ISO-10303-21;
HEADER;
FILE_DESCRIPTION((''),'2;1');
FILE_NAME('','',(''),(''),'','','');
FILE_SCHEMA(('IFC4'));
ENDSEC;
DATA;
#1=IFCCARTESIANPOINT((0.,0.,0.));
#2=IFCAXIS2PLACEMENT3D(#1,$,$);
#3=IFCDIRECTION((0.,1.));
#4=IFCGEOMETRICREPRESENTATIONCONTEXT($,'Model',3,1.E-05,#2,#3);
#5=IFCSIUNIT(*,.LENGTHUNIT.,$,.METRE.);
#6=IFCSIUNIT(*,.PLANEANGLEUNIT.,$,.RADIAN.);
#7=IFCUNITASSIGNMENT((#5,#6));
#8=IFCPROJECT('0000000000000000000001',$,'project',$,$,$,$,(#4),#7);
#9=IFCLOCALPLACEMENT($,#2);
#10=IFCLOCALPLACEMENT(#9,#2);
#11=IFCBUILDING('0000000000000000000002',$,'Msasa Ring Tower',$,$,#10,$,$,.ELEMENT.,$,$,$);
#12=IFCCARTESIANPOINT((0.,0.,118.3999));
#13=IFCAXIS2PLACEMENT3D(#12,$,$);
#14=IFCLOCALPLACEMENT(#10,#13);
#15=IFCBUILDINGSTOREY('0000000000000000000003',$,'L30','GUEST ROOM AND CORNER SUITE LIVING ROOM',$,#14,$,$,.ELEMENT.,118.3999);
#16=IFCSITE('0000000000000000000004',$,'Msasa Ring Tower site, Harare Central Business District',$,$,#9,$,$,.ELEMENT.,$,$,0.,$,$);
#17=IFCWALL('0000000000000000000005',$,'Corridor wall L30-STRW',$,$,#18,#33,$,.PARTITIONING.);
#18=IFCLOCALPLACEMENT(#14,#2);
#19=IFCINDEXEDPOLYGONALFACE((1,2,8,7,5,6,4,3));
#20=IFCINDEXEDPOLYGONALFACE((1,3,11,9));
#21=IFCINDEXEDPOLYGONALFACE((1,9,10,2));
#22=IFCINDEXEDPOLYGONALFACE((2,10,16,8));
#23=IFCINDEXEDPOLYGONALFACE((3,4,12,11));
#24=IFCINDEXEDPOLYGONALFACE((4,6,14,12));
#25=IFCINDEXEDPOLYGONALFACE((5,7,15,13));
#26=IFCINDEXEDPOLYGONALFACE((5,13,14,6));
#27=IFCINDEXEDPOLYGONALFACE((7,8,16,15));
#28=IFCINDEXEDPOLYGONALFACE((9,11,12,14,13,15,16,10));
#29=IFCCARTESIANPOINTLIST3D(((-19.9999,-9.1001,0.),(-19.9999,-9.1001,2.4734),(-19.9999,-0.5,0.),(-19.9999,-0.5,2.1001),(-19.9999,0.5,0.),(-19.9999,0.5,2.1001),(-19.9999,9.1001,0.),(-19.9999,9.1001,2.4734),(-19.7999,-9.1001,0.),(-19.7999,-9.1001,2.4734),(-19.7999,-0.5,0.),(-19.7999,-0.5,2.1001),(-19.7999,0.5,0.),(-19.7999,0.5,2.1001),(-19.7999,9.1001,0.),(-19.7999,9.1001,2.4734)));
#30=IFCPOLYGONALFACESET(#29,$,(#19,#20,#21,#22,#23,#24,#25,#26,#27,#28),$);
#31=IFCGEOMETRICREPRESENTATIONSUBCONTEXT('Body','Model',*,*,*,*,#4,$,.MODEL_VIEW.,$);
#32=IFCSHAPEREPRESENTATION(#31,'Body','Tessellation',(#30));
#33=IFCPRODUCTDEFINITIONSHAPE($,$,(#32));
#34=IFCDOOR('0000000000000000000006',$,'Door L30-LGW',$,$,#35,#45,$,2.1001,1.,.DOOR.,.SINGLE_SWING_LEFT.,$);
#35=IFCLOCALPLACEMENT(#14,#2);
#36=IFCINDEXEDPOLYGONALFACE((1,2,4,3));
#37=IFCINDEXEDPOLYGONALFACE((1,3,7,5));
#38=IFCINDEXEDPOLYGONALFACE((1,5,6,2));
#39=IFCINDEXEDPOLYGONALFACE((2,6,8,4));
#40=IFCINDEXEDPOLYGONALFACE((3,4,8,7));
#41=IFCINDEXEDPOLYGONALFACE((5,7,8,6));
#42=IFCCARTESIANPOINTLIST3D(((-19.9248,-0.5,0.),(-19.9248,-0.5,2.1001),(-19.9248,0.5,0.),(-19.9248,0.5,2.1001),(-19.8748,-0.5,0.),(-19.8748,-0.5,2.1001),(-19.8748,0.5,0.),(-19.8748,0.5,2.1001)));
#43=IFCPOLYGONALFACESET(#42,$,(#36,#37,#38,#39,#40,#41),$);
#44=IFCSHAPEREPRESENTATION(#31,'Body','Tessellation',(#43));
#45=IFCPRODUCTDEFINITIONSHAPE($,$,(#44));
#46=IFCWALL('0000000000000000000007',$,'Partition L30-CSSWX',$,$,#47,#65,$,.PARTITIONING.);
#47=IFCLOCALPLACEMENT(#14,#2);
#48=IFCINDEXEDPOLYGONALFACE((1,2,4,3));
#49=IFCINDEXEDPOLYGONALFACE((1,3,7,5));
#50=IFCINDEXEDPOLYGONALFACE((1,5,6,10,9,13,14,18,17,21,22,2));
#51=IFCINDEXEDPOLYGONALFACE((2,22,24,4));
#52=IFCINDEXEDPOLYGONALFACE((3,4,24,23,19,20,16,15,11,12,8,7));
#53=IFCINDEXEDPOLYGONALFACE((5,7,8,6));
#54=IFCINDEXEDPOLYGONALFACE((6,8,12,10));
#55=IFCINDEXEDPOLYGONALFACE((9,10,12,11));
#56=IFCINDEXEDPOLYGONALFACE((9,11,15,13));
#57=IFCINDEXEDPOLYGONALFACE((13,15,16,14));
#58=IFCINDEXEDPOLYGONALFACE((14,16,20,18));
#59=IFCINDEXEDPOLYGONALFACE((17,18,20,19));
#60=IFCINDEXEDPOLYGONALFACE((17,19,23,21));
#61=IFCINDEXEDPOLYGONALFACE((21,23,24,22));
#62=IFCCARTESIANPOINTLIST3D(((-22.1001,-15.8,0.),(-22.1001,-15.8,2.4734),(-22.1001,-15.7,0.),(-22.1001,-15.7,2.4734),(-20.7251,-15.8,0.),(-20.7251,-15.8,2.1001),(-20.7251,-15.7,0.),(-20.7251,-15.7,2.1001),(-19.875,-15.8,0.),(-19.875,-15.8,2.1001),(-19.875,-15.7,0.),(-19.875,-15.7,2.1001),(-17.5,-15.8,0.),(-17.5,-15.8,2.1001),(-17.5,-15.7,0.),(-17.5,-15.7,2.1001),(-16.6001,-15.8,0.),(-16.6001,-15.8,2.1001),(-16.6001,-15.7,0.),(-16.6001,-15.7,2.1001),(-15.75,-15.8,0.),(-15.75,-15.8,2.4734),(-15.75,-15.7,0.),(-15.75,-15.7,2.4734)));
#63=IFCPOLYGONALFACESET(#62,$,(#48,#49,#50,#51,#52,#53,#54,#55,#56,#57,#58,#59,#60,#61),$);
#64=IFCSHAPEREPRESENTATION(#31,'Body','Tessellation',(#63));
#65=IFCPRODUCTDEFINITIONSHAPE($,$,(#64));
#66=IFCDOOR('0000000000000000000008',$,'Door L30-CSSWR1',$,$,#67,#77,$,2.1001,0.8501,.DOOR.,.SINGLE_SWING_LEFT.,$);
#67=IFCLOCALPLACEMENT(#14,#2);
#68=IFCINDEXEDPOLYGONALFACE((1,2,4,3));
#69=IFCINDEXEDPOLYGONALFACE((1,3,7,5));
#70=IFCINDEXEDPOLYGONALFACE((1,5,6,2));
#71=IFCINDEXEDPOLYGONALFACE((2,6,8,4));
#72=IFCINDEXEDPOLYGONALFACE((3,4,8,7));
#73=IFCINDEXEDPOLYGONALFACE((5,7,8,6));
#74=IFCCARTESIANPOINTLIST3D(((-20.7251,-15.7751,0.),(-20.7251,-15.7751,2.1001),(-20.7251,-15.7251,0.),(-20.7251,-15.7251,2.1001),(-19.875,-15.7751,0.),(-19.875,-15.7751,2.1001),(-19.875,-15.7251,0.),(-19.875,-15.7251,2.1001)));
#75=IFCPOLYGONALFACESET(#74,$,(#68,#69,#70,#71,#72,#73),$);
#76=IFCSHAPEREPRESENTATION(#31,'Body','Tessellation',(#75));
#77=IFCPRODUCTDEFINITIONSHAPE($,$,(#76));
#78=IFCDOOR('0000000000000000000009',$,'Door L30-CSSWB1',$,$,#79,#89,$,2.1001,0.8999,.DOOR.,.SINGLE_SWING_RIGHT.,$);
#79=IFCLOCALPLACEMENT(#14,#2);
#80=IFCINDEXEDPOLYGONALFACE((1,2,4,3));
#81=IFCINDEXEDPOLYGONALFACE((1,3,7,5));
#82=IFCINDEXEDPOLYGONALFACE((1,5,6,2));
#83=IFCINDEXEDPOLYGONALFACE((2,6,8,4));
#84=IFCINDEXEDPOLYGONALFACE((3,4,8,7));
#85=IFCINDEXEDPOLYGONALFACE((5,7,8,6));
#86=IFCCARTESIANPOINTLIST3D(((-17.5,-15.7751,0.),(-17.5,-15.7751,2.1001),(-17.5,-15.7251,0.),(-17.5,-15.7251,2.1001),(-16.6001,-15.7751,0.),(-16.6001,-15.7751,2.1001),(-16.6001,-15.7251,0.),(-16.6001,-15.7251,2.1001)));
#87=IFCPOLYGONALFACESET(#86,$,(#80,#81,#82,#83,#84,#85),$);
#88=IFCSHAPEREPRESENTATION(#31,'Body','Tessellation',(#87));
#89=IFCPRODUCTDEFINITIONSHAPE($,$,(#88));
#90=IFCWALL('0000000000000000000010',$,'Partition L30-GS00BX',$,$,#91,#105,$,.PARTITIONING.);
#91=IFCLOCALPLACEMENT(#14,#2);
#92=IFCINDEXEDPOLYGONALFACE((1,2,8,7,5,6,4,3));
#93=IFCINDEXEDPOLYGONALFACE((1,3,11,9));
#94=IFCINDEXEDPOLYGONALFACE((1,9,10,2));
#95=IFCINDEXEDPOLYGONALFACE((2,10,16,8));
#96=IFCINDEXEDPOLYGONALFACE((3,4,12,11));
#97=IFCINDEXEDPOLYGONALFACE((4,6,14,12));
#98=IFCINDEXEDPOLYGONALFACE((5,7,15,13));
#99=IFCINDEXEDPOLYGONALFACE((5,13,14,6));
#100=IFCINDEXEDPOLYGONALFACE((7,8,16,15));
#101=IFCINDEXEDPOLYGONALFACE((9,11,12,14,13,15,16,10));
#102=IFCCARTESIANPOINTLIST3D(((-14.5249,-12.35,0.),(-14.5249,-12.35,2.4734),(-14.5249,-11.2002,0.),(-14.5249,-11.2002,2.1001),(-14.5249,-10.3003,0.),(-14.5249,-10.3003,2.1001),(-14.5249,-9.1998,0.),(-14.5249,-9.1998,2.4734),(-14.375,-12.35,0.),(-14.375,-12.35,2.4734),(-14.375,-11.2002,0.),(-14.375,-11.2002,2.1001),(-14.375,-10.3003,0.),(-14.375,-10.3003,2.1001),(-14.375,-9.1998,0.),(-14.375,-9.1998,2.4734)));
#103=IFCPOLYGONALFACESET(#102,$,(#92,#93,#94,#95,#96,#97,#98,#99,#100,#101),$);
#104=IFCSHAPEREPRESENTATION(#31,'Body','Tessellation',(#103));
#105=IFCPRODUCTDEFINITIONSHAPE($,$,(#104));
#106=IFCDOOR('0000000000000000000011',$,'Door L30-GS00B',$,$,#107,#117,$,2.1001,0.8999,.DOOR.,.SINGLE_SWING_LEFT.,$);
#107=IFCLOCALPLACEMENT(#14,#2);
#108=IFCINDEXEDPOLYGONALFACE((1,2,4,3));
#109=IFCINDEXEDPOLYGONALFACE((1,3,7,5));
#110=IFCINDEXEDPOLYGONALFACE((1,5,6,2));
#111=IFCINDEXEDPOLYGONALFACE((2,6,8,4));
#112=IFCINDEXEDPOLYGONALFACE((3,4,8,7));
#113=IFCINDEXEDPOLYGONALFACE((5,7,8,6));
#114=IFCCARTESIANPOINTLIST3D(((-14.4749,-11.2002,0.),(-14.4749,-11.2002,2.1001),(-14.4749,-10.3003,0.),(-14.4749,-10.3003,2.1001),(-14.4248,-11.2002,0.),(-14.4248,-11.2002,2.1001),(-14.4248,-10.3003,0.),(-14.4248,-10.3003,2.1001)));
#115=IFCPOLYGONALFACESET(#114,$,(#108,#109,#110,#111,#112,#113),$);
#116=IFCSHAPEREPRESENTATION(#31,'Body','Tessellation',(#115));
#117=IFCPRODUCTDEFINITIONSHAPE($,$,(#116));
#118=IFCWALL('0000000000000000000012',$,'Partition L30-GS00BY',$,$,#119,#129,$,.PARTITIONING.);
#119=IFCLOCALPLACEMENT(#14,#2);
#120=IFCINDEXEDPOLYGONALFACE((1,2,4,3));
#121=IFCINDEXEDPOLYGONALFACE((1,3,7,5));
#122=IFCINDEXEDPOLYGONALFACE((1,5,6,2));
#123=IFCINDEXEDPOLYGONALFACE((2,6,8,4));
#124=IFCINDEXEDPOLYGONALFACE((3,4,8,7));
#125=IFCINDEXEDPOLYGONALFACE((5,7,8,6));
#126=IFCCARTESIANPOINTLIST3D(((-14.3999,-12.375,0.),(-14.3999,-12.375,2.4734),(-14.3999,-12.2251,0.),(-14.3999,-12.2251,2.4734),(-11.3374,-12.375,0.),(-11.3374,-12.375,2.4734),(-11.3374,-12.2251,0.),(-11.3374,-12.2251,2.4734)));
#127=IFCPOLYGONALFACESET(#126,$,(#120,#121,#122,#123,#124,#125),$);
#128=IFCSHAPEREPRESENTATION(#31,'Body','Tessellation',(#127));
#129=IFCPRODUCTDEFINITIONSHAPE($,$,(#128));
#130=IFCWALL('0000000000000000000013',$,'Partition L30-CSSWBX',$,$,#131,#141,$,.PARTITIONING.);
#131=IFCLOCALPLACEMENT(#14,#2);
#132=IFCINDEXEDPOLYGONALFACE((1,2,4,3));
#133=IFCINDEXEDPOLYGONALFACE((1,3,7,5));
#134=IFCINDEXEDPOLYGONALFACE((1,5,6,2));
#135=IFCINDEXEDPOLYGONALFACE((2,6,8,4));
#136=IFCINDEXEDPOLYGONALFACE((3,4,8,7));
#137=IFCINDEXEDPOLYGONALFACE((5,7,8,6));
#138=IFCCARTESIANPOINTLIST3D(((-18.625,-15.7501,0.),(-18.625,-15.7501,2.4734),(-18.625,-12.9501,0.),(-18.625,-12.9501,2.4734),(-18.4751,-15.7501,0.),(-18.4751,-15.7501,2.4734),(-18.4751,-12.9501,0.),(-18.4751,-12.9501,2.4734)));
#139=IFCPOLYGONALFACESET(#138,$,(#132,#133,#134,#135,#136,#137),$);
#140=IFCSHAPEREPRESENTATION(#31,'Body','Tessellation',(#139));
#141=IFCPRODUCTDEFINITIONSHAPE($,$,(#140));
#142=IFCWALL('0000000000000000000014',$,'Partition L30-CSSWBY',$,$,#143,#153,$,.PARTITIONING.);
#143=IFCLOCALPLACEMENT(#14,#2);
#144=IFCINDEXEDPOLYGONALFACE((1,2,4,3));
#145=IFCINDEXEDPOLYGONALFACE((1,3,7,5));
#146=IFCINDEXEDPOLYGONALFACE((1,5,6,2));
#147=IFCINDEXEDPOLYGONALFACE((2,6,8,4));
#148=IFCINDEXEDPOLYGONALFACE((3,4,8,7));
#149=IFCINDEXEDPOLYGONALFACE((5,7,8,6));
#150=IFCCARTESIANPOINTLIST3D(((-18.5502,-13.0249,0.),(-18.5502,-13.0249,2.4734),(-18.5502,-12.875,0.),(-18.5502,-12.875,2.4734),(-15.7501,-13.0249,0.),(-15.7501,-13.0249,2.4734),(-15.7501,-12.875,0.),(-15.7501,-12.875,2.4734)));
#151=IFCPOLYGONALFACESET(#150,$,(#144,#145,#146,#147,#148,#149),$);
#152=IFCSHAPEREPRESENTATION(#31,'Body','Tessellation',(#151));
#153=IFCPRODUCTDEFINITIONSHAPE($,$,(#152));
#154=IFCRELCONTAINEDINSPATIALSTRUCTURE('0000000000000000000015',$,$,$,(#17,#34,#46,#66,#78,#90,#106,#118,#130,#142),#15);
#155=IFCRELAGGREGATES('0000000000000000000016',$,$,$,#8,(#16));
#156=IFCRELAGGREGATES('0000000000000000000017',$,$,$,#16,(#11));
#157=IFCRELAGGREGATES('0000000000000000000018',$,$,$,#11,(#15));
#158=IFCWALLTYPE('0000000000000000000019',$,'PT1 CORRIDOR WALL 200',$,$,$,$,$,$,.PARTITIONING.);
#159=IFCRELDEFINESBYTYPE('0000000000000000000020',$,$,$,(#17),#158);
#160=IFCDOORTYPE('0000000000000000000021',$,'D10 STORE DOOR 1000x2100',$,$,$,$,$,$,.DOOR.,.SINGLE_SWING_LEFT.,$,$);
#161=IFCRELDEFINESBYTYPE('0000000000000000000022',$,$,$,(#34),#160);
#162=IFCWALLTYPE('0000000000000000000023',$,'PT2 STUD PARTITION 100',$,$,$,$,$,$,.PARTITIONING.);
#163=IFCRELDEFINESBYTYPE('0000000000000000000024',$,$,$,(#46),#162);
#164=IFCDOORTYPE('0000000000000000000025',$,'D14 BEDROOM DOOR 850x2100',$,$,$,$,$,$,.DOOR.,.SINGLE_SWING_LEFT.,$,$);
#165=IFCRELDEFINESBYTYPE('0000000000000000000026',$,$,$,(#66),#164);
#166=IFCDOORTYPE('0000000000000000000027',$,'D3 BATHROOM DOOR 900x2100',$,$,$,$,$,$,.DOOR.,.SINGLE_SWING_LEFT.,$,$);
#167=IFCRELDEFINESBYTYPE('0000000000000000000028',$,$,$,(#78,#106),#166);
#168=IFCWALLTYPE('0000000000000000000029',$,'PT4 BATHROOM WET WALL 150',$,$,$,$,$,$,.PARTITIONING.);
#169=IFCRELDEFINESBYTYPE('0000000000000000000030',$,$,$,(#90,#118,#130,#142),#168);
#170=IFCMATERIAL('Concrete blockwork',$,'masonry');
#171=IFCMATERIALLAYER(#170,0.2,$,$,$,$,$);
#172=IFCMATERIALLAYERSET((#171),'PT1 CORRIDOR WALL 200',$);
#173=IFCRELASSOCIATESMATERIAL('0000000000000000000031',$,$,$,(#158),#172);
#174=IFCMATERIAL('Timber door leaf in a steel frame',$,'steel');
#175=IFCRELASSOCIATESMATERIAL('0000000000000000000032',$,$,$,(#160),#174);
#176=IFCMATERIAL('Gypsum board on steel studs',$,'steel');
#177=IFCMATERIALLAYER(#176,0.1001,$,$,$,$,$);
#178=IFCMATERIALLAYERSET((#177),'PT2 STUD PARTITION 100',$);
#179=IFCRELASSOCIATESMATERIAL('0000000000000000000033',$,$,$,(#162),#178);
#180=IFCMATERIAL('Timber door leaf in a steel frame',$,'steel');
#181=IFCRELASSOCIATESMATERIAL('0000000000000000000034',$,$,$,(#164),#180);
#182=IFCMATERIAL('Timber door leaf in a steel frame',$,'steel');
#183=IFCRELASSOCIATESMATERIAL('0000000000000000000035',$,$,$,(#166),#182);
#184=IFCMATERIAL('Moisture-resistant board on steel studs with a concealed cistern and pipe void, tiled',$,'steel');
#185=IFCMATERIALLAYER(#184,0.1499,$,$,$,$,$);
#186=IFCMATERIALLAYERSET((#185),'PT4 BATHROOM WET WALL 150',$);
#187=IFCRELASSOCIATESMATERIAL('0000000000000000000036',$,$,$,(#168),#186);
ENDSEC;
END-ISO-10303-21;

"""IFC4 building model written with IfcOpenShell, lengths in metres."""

from ifc_helpers import new_model, si_unit, direction, frame, frame_2d, origin, place, context, subcontext, project, spatial, rectangle, extrude, material, layer, layer_set, type_object, element, fill, save


model = new_model("IFC4")

# Units and contexts
model_context = context("Model", 3, precision=1e-05, world=origin(), true_north=direction((0.0, 1.0)))
body_context = subcontext(model_context, "Body", "Model", "MODEL_VIEW")
ifc_project = project(units=[si_unit("LENGTHUNIT", "METRE"), si_unit("PLANEANGLEUNIT", "RADIAN")], contexts=[model_context])

# Site, building, storey
site_placement = place(None, origin())
site = spatial("IfcSite", under=ifc_project, at=site_placement, Name="Msasa Ring Tower site, Harare Central Business District", CompositionType="ELEMENT", RefElevation=0.0)
building_placement = place(site_placement, origin())
building = spatial("IfcBuilding", under=site, at=building_placement, Name="Msasa Ring Tower", CompositionType="ELEMENT")
storey_placement = place(building_placement, frame((0.0, 0.0, 118.3999)))
storey = spatial("IfcBuildingStorey", under=building, at=storey_placement, Name="L30", Description="GUEST ROOM AND CORNER SUITE LIVING ROOM", CompositionType="ELEMENT", Elevation=118.3999)

# Shared definitions
ifc_material_1 = material(Name="Concrete blockwork", Category="masonry")
ifc_layer_1 = layer(ifc_material_1, 0.2)
ifc_layer_set_1 = layer_set([ifc_layer_1], Name="PT1 CORRIDOR WALL 200")
wall_type_1 = type_object("IfcWallType", Name="PT1 CORRIDOR WALL 200", PredefinedType="PARTITIONING", material=ifc_layer_set_1)

# Wall, opening, door
wall_1_placement = place(storey_placement, frame((-19.8999, -9.1001, 0.0), z_axis=(0.0, 0.0, 1.0), x_axis=(0.0, 1.0, 0.0)))
wall_1 = element("IfcWall", 1, at=wall_1_placement, inside=storey, type_object=wall_type_1, Name="Corridor wall L30-STRW", PredefinedType="PARTITIONING", context=body_context, shape_type="SweptSolid", body=[
    extrude(rectangle(XDim=18.2002, YDim=0.2, at=frame_2d((9.1001, 0.0))), origin(), (0.0, 0.0, 1.0), 2.4734),
])
opening_1_placement = place(wall_1_placement, frame((8.6001, 0.0, 0.0)))
opening_1 = element("IfcOpeningElement", 2, at=opening_1_placement, cuts=wall_1, PredefinedType="OPENING", context=body_context, shape_type="SweptSolid", body=[
    extrude(rectangle(XDim=1.0, YDim=2.1001, at=frame_2d((0.5, 1.05))), frame((0.0, 0.1099, 0.0), z_axis=(0.0, -1.0, 0.0), x_axis=(1.0, 0.0, 0.0)), (0.0, 0.0, 1.0), 0.22),
])
ifc_material_2 = material(Name="Timber door leaf in a steel frame", Category="steel")
door_type_1 = type_object("IfcDoorType", Name="D10 STORE DOOR 1000x2100", OperationType="SINGLE_SWING_LEFT", PredefinedType="DOOR", material=ifc_material_2)
door_1_placement = place(opening_1_placement, origin())
door_1 = element("IfcDoor", 3, at=door_1_placement, inside=storey, type_object=door_type_1, Name="Door L30-LGW", OperationType="SINGLE_SWING_LEFT", OverallHeight=2.1001, OverallWidth=1.0, PredefinedType="DOOR", context=body_context, shape_type="SweptSolid", body=[
    extrude(rectangle(XDim=1.0, YDim=2.1001, at=frame_2d((0.5, 1.05))), frame((0.0, 0.0249, 0.0), z_axis=(0.0, -1.0, 0.0), x_axis=(1.0, 0.0, 0.0)), (0.0, 0.0, 1.0), 0.05),
])
fill(opening_1, door_1)

# Wall, openings, doors
ifc_material_3 = material(Name="Gypsum board on steel studs", Category="steel")
ifc_layer_2 = layer(ifc_material_3, 0.1001)
ifc_layer_set_2 = layer_set([ifc_layer_2], Name="PT2 STUD PARTITION 100")
wall_type_2 = type_object("IfcWallType", Name="PT2 STUD PARTITION 100", PredefinedType="PARTITIONING", material=ifc_layer_set_2)
wall_2_placement = place(storey_placement, frame((-22.1001, -15.75, 0.0), z_axis=(0.0, 0.0, 1.0), x_axis=(1.0, 0.0, 0.0)))
wall_2 = element("IfcWall", 4, at=wall_2_placement, inside=storey, type_object=wall_type_2, Name="Partition L30-CSSWX", PredefinedType="PARTITIONING", context=body_context, shape_type="SweptSolid", body=[
    extrude(rectangle(XDim=6.3501, YDim=0.1001, at=frame_2d((3.175, 0.0))), origin(), (0.0, 0.0, 1.0), 2.4734),
])
opening_2_placement = place(wall_2_placement, frame((1.375, 0.0, 0.0)))
opening_2 = element("IfcOpeningElement", 5, at=opening_2_placement, cuts=wall_2, PredefinedType="OPENING", context=body_context, shape_type="SweptSolid", body=[
    extrude(rectangle(XDim=0.8501, YDim=2.1001, at=frame_2d((0.425, 1.05))), frame((0.0, 0.0601, 0.0), z_axis=(0.0, -1.0, 0.0), x_axis=(1.0, 0.0, 0.0)), (0.0, 0.0, 1.0), 0.1201),
])
opening_3_placement = place(wall_2_placement, frame((4.6001, 0.0, 0.0)))
opening_3 = element("IfcOpeningElement", 6, at=opening_3_placement, cuts=wall_2, PredefinedType="OPENING", context=body_context, shape_type="SweptSolid", body=[
    extrude(rectangle(XDim=0.8999, YDim=2.1001, at=frame_2d((0.45, 1.05))), frame((0.0, 0.0601, 0.0), z_axis=(0.0, -1.0, 0.0), x_axis=(1.0, 0.0, 0.0)), (0.0, 0.0, 1.0), 0.1201),
])
ifc_material_4 = material(Name="Timber door leaf in a steel frame", Category="steel")
door_type_2 = type_object("IfcDoorType", Name="D14 BEDROOM DOOR 850x2100", OperationType="SINGLE_SWING_LEFT", PredefinedType="DOOR", material=ifc_material_4)
door_2_placement = place(opening_2_placement, origin())
door_2 = element("IfcDoor", 7, at=door_2_placement, inside=storey, type_object=door_type_2, Name="Door L30-CSSWR1", OperationType="SINGLE_SWING_LEFT", OverallHeight=2.1001, OverallWidth=0.8501, PredefinedType="DOOR", context=body_context, shape_type="SweptSolid", body=[
    extrude(rectangle(XDim=0.8501, YDim=2.1001, at=frame_2d((0.425, 1.05))), frame((0.0, 0.0249, 0.0), z_axis=(0.0, -1.0, 0.0), x_axis=(1.0, 0.0, 0.0)), (0.0, 0.0, 1.0), 0.05),
])
fill(opening_2, door_2)
ifc_material_5 = material(Name="Timber door leaf in a steel frame", Category="steel")
door_type_3 = type_object("IfcDoorType", Name="D3 BATHROOM DOOR 900x2100", OperationType="SINGLE_SWING_LEFT", PredefinedType="DOOR", material=ifc_material_5)
door_3_placement = place(opening_3_placement, origin())
door_3 = element("IfcDoor", 8, at=door_3_placement, inside=storey, type_object=door_type_3, Name="Door L30-CSSWB1", OperationType="SINGLE_SWING_RIGHT", OverallHeight=2.1001, OverallWidth=0.8999, PredefinedType="DOOR", context=body_context, shape_type="SweptSolid", body=[
    extrude(rectangle(XDim=0.8999, YDim=2.1001, at=frame_2d((0.45, 1.05))), frame((0.0, 0.0249, 0.0), z_axis=(0.0, -1.0, 0.0), x_axis=(1.0, 0.0, 0.0)), (0.0, 0.0, 1.0), 0.05),
])
fill(opening_3, door_3)

# Wall, opening, door
ifc_material_6 = material(Name="Moisture-resistant board on steel studs with a concealed cistern and pipe void, tiled", Category="steel")
ifc_layer_3 = layer(ifc_material_6, 0.1499)
ifc_layer_set_3 = layer_set([ifc_layer_3], Name="PT4 BATHROOM WET WALL 150")
wall_type_3 = type_object("IfcWallType", Name="PT4 BATHROOM WET WALL 150", PredefinedType="PARTITIONING", material=ifc_layer_set_3)
wall_3_placement = place(storey_placement, frame((-14.45, -12.3501, 0.0), z_axis=(0.0, 0.0, 1.0), x_axis=(0.0, 1.0, 0.0)))
wall_3 = element("IfcWall", 9, at=wall_3_placement, inside=storey, type_object=wall_type_3, Name="Partition L30-GS00BX", PredefinedType="PARTITIONING", context=body_context, shape_type="SweptSolid", body=[
    extrude(rectangle(XDim=3.1501, YDim=0.1499, at=frame_2d((1.5752, 0.0))), origin(), (0.0, 0.0, 1.0), 2.4734),
])
opening_4_placement = place(wall_3_placement, frame((1.1499, 0.0, 0.0)))
opening_4 = element("IfcOpeningElement", 10, at=opening_4_placement, cuts=wall_3, PredefinedType="OPENING", context=body_context, shape_type="SweptSolid", body=[
    extrude(rectangle(XDim=0.8999, YDim=2.1001, at=frame_2d((0.45, 1.05))), frame((0.0, 0.085, 0.0), z_axis=(0.0, -1.0, 0.0), x_axis=(1.0, 0.0, 0.0)), (0.0, 0.0, 1.0), 0.1699),
])
door_4_placement = place(opening_4_placement, origin())
door_4 = element("IfcDoor", 11, at=door_4_placement, inside=storey, type_object=door_type_3, Name="Door L30-GS00B", OperationType="SINGLE_SWING_LEFT", OverallHeight=2.1001, OverallWidth=0.8999, PredefinedType="DOOR", context=body_context, shape_type="SweptSolid", body=[
    extrude(rectangle(XDim=0.8999, YDim=2.1001, at=frame_2d((0.45, 1.05))), frame((0.0, 0.0249, 0.0), z_axis=(0.0, -1.0, 0.0), x_axis=(1.0, 0.0, 0.0)), (0.0, 0.0, 1.0), 0.05),
])
fill(opening_4, door_4)

# Walls
wall_4_placement = place(storey_placement, frame((-14.3999, -12.3, 0.0), z_axis=(0.0, 0.0, 1.0), x_axis=(1.0, 0.0, 0.0)))
element("IfcWall", 12, at=wall_4_placement, inside=storey, type_object=wall_type_3, Name="Partition L30-GS00BY", PredefinedType="PARTITIONING", context=body_context, shape_type="SweptSolid", body=[
    extrude(rectangle(XDim=3.0625, YDim=0.1499, at=frame_2d((1.5312, 0.0))), origin(), (0.0, 0.0, 1.0), 2.4734),
])
for number, where, z_axis, x_axis, name in (
    (13, (-18.55, -15.75, 0.0), (0.0, 0.0, 1.0), (0.0, 1.0, 0.0), "Partition L30-CSSWBX"),
    (14, (-18.55, -12.95, 0.0), (0.0, 0.0, 1.0), (1.0, 0.0, 0.0), "Partition L30-CSSWBY"),
):
    element("IfcWall", number, at=place(storey_placement, frame(where, z_axis=z_axis, x_axis=x_axis)), inside=storey, type_object=wall_type_3, Name=name, PredefinedType="PARTITIONING", context=body_context, shape_type="SweptSolid", body=[
        extrude(rectangle(XDim=2.8, YDim=0.1499, at=frame_2d((1.3999, 0.0))), origin(), (0.0, 0.0, 1.0), 2.4734),
    ])

save(model, "model.ifc")
